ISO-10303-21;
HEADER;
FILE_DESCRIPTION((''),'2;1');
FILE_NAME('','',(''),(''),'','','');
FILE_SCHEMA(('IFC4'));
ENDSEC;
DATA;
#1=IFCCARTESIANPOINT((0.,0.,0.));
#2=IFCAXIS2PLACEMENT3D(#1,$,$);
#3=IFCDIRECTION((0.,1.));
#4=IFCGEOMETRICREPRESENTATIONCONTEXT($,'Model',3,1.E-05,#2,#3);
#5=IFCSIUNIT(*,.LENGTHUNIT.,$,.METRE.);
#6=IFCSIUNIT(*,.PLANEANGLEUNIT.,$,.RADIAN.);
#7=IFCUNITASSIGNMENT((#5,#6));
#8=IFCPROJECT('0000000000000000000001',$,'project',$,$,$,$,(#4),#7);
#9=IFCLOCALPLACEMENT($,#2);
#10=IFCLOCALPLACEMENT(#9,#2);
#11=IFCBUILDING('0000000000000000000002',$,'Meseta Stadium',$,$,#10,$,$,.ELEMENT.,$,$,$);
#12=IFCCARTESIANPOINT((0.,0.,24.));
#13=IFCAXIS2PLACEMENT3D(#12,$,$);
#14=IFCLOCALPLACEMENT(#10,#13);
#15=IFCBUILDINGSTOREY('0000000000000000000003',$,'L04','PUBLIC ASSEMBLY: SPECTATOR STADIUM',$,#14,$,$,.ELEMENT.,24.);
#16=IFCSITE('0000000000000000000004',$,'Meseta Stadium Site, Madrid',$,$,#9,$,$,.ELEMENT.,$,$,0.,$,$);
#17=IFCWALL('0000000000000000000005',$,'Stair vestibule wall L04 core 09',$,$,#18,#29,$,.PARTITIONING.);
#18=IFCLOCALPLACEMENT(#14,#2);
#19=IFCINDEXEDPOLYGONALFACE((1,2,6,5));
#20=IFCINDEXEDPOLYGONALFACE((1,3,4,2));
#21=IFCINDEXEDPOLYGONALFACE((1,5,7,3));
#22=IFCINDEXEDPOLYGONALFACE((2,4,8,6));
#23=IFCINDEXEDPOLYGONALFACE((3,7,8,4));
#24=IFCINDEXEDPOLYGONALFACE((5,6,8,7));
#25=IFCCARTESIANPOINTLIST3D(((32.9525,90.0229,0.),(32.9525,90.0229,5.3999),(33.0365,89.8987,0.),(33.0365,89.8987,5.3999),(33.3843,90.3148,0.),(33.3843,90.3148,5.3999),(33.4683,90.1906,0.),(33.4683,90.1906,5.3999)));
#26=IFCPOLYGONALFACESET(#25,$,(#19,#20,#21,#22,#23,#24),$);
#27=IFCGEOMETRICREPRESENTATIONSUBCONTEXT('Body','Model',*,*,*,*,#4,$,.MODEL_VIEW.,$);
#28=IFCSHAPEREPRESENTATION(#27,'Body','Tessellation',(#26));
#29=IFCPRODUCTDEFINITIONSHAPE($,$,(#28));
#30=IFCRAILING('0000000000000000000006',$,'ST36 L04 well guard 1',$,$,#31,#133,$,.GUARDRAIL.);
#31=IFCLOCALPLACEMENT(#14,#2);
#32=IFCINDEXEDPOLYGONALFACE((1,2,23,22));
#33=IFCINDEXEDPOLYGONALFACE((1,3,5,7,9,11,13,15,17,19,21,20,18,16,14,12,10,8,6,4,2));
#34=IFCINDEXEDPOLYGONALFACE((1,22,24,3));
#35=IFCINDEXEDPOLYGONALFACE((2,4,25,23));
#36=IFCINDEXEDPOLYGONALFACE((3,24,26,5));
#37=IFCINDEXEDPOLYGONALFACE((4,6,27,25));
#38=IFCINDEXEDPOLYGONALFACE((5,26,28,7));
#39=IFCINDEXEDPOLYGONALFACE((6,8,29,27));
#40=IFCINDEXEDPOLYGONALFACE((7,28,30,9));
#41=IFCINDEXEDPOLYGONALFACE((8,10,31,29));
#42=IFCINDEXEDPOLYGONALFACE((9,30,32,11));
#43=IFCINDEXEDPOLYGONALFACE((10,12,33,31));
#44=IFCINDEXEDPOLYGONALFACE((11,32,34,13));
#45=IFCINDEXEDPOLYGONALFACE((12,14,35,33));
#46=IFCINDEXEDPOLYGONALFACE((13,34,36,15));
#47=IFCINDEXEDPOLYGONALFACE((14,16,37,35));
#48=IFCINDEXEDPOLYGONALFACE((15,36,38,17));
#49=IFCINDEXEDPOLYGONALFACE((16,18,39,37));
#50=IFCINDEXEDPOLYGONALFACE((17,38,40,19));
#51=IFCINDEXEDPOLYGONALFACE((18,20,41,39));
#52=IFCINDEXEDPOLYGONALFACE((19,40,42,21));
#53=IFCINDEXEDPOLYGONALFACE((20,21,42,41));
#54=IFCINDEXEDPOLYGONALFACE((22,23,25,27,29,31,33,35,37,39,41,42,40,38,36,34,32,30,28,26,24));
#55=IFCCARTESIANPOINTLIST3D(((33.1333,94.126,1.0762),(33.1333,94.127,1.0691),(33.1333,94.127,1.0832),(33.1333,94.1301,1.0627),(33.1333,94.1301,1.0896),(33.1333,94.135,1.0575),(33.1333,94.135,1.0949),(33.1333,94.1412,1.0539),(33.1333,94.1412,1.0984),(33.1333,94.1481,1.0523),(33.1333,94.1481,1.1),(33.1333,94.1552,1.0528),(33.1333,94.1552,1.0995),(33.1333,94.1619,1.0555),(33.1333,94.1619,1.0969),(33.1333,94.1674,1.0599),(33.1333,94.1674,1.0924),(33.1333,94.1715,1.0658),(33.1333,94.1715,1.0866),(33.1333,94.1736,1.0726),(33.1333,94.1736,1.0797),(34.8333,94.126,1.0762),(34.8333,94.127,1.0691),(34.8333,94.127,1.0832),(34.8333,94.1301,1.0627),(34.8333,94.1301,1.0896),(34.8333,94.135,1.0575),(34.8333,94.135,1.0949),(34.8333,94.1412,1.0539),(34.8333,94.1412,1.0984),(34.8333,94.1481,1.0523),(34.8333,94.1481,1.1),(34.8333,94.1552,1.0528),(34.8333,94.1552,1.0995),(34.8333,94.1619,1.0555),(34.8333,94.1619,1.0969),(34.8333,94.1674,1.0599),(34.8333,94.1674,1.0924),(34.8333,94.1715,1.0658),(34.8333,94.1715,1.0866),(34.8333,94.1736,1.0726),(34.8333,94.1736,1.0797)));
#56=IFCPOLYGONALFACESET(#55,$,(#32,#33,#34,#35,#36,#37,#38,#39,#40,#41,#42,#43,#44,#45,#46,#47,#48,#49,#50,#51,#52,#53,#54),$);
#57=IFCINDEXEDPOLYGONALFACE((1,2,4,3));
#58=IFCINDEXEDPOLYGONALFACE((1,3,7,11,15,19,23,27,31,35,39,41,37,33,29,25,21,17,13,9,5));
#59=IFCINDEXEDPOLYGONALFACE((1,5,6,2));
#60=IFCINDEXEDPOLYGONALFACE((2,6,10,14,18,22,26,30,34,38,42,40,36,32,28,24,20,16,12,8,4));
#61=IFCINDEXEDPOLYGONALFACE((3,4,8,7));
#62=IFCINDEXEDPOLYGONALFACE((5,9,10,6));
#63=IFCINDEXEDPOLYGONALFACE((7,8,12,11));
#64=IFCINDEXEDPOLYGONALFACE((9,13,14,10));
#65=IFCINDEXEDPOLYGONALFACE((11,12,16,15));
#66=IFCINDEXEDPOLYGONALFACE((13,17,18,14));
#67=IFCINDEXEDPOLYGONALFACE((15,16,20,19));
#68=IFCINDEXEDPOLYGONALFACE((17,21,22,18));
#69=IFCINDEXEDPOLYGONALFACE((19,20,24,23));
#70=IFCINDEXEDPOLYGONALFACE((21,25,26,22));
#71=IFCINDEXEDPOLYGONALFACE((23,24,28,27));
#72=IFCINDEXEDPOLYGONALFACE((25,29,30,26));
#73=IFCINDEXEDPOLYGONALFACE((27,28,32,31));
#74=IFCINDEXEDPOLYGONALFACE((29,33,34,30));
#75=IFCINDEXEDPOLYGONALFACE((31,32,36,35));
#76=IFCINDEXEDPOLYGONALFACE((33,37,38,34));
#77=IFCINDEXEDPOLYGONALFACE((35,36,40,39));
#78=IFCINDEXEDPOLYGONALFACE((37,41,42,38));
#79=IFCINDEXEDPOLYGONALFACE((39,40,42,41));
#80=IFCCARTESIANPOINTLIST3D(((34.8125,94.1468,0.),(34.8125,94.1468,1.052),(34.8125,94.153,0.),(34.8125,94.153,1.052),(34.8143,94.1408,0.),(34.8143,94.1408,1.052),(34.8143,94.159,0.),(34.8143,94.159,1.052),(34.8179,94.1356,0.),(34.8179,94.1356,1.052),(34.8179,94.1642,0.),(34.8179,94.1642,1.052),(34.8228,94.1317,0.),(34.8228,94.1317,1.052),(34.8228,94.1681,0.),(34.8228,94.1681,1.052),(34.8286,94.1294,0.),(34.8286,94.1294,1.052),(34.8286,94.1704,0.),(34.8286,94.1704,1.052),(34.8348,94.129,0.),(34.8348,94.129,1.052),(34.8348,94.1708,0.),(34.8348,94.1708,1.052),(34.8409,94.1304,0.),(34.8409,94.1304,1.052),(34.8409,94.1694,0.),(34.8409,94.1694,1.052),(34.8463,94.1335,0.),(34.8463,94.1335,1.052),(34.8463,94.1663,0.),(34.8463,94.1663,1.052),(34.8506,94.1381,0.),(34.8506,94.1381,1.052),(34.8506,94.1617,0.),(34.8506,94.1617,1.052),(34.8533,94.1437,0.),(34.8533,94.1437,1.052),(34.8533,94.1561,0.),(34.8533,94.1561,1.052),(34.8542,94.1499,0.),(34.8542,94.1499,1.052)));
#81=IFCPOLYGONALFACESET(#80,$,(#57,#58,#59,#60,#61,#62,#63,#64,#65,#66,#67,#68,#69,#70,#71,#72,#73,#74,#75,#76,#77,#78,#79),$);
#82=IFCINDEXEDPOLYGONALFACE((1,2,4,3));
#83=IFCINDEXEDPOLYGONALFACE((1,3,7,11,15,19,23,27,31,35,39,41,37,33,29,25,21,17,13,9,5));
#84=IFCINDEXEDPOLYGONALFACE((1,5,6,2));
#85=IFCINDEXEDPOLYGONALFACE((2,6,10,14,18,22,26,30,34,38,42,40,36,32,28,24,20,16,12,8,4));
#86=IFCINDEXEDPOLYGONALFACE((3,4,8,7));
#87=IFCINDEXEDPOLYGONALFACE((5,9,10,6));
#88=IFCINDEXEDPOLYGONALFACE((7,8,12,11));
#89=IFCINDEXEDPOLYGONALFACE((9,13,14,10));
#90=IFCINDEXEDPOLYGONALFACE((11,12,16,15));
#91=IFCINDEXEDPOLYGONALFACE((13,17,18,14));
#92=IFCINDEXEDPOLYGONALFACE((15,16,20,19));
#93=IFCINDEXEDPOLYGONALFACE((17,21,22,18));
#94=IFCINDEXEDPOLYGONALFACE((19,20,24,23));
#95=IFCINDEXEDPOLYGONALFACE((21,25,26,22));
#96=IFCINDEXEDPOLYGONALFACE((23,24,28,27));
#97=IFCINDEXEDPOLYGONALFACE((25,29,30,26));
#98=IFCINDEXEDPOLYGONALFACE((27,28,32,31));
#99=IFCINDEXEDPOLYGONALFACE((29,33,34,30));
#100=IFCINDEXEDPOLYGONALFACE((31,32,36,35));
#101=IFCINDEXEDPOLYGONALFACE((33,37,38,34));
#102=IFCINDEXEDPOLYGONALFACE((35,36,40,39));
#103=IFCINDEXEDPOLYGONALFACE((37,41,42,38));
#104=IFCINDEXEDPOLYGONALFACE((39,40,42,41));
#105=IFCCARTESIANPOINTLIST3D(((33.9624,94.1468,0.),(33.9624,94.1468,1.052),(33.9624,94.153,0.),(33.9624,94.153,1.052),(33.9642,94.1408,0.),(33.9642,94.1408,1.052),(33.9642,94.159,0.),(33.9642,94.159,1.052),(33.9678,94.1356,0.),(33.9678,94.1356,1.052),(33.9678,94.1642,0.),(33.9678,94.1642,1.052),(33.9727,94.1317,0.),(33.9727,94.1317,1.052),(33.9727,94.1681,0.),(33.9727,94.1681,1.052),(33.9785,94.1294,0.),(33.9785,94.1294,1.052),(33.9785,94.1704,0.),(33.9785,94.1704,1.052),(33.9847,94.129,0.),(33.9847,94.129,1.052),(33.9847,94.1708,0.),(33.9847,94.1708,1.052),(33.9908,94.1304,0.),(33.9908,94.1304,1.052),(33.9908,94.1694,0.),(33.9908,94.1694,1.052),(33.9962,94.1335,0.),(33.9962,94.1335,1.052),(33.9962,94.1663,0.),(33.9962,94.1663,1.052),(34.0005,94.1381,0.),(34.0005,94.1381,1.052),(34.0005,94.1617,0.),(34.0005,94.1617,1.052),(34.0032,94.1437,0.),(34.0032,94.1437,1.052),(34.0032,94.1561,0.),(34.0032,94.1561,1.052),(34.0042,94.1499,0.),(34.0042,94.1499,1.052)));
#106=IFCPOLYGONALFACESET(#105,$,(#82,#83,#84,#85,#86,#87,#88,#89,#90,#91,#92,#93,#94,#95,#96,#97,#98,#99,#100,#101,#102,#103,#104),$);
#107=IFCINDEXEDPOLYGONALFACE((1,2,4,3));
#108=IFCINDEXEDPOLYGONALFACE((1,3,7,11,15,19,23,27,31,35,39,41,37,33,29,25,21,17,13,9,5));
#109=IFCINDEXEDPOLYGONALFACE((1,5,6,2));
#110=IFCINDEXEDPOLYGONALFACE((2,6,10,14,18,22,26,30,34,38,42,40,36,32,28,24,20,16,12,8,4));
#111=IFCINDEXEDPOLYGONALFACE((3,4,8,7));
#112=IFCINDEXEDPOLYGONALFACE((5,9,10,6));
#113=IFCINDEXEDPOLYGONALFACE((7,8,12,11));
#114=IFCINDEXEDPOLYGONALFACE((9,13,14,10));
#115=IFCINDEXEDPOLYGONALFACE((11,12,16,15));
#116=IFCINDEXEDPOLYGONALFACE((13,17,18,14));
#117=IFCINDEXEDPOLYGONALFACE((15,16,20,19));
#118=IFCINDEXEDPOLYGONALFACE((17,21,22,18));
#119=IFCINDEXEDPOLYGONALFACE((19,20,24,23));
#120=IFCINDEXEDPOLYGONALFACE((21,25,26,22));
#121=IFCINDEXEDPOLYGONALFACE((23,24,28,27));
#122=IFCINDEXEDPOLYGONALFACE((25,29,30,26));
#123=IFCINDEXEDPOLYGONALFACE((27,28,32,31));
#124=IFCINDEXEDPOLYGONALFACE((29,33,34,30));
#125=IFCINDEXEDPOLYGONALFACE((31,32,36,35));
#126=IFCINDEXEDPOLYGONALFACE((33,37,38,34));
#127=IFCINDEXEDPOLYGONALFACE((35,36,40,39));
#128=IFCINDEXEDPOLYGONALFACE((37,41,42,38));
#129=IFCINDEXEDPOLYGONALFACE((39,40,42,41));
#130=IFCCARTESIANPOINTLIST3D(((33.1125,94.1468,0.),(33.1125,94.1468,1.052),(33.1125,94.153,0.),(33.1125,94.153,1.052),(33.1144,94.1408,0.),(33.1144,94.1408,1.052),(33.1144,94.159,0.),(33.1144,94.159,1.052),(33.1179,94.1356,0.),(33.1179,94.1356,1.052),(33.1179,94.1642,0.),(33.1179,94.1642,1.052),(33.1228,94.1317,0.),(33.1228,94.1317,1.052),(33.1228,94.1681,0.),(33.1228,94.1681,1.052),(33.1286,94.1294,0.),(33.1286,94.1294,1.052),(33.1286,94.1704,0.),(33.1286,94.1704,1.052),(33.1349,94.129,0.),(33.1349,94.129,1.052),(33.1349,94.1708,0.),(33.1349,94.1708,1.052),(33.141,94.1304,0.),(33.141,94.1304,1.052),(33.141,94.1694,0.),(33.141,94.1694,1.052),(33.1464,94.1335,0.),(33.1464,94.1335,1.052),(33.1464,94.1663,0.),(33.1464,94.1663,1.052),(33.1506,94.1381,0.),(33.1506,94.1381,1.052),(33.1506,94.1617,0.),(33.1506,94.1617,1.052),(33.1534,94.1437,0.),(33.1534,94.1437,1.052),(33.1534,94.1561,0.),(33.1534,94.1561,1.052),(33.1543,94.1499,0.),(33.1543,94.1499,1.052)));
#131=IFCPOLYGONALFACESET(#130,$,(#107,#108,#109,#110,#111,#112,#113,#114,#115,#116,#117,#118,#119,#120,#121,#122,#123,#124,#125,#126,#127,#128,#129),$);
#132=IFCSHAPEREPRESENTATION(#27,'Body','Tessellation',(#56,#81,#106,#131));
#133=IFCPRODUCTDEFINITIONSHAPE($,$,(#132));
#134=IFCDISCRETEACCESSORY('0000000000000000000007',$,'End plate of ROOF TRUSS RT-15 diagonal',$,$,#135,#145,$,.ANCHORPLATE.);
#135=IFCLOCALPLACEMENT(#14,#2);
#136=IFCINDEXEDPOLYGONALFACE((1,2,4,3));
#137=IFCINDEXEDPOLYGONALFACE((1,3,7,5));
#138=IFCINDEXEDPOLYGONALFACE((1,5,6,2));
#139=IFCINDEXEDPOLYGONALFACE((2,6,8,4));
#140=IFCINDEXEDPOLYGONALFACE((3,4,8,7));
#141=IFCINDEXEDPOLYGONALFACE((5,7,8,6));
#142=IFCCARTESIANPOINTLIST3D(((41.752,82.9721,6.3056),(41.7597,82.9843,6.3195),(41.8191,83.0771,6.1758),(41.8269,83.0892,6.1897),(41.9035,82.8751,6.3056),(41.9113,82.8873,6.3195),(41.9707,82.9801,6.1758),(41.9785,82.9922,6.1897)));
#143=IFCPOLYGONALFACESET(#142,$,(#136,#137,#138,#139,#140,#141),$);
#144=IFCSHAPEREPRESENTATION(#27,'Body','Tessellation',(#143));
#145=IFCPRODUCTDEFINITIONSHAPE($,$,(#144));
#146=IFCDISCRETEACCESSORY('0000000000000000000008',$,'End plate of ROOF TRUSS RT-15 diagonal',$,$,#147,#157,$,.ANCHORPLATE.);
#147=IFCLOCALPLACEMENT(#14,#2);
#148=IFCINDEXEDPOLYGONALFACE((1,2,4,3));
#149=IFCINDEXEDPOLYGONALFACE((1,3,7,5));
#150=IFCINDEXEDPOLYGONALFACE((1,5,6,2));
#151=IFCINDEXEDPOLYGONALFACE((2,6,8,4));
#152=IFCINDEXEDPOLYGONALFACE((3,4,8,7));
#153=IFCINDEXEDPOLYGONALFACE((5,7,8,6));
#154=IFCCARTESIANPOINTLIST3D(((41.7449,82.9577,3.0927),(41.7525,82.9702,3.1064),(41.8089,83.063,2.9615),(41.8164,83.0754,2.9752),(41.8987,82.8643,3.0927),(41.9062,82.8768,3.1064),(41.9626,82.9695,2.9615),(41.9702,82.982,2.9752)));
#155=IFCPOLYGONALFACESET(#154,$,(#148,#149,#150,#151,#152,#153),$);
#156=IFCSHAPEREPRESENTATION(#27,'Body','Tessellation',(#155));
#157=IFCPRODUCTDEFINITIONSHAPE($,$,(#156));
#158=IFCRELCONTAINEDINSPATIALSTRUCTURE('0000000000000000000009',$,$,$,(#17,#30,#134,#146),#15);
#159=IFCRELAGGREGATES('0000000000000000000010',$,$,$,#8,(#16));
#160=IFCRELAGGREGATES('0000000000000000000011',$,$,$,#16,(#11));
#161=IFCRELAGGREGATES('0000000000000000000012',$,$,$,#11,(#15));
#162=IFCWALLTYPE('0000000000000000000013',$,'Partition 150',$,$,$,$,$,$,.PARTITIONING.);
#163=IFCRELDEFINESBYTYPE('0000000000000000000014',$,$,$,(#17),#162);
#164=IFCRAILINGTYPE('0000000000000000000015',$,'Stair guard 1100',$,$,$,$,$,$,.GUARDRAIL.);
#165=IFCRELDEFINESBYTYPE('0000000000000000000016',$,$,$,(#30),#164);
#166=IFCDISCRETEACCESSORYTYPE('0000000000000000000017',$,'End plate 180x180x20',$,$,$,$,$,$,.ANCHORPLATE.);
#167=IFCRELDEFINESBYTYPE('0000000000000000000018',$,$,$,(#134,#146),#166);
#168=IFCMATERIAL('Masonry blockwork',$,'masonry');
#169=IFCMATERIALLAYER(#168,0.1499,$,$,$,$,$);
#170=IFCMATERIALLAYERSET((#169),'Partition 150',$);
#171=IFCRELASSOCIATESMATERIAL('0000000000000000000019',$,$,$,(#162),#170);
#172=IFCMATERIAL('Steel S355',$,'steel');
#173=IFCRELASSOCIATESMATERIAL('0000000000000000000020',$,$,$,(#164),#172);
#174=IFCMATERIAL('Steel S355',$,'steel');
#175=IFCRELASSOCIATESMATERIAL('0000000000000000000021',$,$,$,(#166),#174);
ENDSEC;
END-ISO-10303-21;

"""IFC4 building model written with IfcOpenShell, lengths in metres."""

from ifc_helpers import new_model, si_unit, direction, frame, frame_2d, origin, origin_2d, place, context, subcontext, project, spatial, rectangle, circle, extrude, material, layer, layer_set, material_profile, profile_set, type_object, element, save


model = new_model("IFC4")

# Units and contexts
model_context = context("Model", 3, precision=1e-05, world=origin(), true_north=direction((0.0, 1.0)))
body_context = subcontext(model_context, "Body", "Model", "MODEL_VIEW")
ifc_project = project(units=[si_unit("LENGTHUNIT", "METRE"), si_unit("PLANEANGLEUNIT", "RADIAN")], contexts=[model_context])

# Site, building, storey
site_placement = place(None, origin())
site = spatial("IfcSite", under=ifc_project, at=site_placement, Name="Meseta Stadium Site, Madrid", CompositionType="ELEMENT", RefElevation=0.0)
building_placement = place(site_placement, origin())
building = spatial("IfcBuilding", under=site, at=building_placement, Name="Meseta Stadium", CompositionType="ELEMENT")
storey_placement = place(building_placement, frame((0.0, 0.0, 24.0)))
storey = spatial("IfcBuildingStorey", under=building, at=storey_placement, Name="L04", Description="PUBLIC ASSEMBLY: SPECTATOR STADIUM", CompositionType="ELEMENT", Elevation=24.0)

# Wall
ifc_material_1 = material(Name="Masonry blockwork", Category="masonry")
ifc_layer_1 = layer(ifc_material_1, 0.1499)
ifc_layer_set_1 = layer_set([ifc_layer_1], Name="Partition 150")
wall_type_1 = type_object("IfcWallType", Name="Partition 150", PredefinedType="PARTITIONING", material=ifc_layer_set_1)
wall_1_placement = place(storey_placement, frame((32.9944, 89.9607, 0.0), z_axis=(0.0, 0.0, 1.0), x_axis=(0.82843, 0.560092, 0.0)))
element("IfcWall", 1, at=wall_1_placement, inside=storey, type_object=wall_type_1, Name="Stair vestibule wall L04 core 09", PredefinedType="PARTITIONING", context=body_context, shape_type="SweptSolid", body=[
    extrude(rectangle(XDim=0.5212, YDim=0.1499, at=frame_2d((0.2607, 0.0))), origin(), (0.0, 0.0, 1.0), 5.3999),
])

# Railing
ifc_material_2 = material(Name="Steel S355", Category="steel")
railing_type_1 = type_object("IfcRailingType", Name="Stair guard 1100", PredefinedType="GUARDRAIL", material=ifc_material_2)
railing_1_placement = place(storey_placement, frame((34.8333, 94.1499, 0.0)))
element("IfcRailing", 2, at=railing_1_placement, inside=storey, type_object=railing_type_1, Name="ST36 L04 well guard 1", PredefinedType="GUARDRAIL", context=body_context, shape_type="SweptSolid", body=[
    extrude(circle(Radius=0.0239, at=origin_2d()), frame((0.0, 0.0, 1.0762), z_axis=(-1.0, 0.0, 0.0), x_axis=(0.0, -1.0, 0.0)), (0.0, 0.0, 1.0), 1.7),
    extrude(circle(Radius=0.021, at=origin_2d()), origin(), (0.0, 0.0, 1.0), 1.052),
    extrude(circle(Radius=0.021, at=origin_2d()), frame((-0.8501, 0.0, 0.0)), (0.0, 0.0, 1.0), 1.052),
    extrude(circle(Radius=0.021, at=origin_2d()), frame((-1.7, 0.0, 0.0)), (0.0, 0.0, 1.0), 1.052),
])

# Discrete accessories
ifc_material_3 = material(Name="Steel S355", Category="steel")
ifc_material_profile_1 = material_profile(ifc_material_3, rectangle(XDim=0.1799, YDim=0.1799, at=origin_2d()), Name="PL 180x180")
ifc_profile_set_1 = profile_set([ifc_material_profile_1], Name="Steel S355")
discrete_accessory_type = type_object("IfcDiscreteAccessoryType", Name="End plate 180x180x20", PredefinedType="ANCHORPLATE", material=ifc_profile_set_1)
for number, where, z_axis, x_axis, name in (
    (3, (41.8613, 82.9761, 6.2407), (0.38883, 0.607546, 0.692603), (-0.842271, 0.539054, 0.0), "End plate of ROOF TRUSS RT-15 diagonal"),
    (4, (41.8538, 82.9636, 3.0271), (0.378782, 0.623157, 0.684251), (-0.854522, 0.519415, 0.0), "End plate of ROOF TRUSS RT-15 diagonal"),
):
    element("IfcDiscreteAccessory", number, at=place(storey_placement, frame(where, z_axis=z_axis, x_axis=x_axis)), inside=storey, type_object=discrete_accessory_type, Name=name, PredefinedType="ANCHORPLATE", context=body_context, shape_type="SweptSolid", body=[
        extrude(rectangle(XDim=0.1799, YDim=0.1799, at=origin_2d()), origin(), (0.0, 0.0, 1.0), 0.02),
    ])

save(model, "model.ifc")
